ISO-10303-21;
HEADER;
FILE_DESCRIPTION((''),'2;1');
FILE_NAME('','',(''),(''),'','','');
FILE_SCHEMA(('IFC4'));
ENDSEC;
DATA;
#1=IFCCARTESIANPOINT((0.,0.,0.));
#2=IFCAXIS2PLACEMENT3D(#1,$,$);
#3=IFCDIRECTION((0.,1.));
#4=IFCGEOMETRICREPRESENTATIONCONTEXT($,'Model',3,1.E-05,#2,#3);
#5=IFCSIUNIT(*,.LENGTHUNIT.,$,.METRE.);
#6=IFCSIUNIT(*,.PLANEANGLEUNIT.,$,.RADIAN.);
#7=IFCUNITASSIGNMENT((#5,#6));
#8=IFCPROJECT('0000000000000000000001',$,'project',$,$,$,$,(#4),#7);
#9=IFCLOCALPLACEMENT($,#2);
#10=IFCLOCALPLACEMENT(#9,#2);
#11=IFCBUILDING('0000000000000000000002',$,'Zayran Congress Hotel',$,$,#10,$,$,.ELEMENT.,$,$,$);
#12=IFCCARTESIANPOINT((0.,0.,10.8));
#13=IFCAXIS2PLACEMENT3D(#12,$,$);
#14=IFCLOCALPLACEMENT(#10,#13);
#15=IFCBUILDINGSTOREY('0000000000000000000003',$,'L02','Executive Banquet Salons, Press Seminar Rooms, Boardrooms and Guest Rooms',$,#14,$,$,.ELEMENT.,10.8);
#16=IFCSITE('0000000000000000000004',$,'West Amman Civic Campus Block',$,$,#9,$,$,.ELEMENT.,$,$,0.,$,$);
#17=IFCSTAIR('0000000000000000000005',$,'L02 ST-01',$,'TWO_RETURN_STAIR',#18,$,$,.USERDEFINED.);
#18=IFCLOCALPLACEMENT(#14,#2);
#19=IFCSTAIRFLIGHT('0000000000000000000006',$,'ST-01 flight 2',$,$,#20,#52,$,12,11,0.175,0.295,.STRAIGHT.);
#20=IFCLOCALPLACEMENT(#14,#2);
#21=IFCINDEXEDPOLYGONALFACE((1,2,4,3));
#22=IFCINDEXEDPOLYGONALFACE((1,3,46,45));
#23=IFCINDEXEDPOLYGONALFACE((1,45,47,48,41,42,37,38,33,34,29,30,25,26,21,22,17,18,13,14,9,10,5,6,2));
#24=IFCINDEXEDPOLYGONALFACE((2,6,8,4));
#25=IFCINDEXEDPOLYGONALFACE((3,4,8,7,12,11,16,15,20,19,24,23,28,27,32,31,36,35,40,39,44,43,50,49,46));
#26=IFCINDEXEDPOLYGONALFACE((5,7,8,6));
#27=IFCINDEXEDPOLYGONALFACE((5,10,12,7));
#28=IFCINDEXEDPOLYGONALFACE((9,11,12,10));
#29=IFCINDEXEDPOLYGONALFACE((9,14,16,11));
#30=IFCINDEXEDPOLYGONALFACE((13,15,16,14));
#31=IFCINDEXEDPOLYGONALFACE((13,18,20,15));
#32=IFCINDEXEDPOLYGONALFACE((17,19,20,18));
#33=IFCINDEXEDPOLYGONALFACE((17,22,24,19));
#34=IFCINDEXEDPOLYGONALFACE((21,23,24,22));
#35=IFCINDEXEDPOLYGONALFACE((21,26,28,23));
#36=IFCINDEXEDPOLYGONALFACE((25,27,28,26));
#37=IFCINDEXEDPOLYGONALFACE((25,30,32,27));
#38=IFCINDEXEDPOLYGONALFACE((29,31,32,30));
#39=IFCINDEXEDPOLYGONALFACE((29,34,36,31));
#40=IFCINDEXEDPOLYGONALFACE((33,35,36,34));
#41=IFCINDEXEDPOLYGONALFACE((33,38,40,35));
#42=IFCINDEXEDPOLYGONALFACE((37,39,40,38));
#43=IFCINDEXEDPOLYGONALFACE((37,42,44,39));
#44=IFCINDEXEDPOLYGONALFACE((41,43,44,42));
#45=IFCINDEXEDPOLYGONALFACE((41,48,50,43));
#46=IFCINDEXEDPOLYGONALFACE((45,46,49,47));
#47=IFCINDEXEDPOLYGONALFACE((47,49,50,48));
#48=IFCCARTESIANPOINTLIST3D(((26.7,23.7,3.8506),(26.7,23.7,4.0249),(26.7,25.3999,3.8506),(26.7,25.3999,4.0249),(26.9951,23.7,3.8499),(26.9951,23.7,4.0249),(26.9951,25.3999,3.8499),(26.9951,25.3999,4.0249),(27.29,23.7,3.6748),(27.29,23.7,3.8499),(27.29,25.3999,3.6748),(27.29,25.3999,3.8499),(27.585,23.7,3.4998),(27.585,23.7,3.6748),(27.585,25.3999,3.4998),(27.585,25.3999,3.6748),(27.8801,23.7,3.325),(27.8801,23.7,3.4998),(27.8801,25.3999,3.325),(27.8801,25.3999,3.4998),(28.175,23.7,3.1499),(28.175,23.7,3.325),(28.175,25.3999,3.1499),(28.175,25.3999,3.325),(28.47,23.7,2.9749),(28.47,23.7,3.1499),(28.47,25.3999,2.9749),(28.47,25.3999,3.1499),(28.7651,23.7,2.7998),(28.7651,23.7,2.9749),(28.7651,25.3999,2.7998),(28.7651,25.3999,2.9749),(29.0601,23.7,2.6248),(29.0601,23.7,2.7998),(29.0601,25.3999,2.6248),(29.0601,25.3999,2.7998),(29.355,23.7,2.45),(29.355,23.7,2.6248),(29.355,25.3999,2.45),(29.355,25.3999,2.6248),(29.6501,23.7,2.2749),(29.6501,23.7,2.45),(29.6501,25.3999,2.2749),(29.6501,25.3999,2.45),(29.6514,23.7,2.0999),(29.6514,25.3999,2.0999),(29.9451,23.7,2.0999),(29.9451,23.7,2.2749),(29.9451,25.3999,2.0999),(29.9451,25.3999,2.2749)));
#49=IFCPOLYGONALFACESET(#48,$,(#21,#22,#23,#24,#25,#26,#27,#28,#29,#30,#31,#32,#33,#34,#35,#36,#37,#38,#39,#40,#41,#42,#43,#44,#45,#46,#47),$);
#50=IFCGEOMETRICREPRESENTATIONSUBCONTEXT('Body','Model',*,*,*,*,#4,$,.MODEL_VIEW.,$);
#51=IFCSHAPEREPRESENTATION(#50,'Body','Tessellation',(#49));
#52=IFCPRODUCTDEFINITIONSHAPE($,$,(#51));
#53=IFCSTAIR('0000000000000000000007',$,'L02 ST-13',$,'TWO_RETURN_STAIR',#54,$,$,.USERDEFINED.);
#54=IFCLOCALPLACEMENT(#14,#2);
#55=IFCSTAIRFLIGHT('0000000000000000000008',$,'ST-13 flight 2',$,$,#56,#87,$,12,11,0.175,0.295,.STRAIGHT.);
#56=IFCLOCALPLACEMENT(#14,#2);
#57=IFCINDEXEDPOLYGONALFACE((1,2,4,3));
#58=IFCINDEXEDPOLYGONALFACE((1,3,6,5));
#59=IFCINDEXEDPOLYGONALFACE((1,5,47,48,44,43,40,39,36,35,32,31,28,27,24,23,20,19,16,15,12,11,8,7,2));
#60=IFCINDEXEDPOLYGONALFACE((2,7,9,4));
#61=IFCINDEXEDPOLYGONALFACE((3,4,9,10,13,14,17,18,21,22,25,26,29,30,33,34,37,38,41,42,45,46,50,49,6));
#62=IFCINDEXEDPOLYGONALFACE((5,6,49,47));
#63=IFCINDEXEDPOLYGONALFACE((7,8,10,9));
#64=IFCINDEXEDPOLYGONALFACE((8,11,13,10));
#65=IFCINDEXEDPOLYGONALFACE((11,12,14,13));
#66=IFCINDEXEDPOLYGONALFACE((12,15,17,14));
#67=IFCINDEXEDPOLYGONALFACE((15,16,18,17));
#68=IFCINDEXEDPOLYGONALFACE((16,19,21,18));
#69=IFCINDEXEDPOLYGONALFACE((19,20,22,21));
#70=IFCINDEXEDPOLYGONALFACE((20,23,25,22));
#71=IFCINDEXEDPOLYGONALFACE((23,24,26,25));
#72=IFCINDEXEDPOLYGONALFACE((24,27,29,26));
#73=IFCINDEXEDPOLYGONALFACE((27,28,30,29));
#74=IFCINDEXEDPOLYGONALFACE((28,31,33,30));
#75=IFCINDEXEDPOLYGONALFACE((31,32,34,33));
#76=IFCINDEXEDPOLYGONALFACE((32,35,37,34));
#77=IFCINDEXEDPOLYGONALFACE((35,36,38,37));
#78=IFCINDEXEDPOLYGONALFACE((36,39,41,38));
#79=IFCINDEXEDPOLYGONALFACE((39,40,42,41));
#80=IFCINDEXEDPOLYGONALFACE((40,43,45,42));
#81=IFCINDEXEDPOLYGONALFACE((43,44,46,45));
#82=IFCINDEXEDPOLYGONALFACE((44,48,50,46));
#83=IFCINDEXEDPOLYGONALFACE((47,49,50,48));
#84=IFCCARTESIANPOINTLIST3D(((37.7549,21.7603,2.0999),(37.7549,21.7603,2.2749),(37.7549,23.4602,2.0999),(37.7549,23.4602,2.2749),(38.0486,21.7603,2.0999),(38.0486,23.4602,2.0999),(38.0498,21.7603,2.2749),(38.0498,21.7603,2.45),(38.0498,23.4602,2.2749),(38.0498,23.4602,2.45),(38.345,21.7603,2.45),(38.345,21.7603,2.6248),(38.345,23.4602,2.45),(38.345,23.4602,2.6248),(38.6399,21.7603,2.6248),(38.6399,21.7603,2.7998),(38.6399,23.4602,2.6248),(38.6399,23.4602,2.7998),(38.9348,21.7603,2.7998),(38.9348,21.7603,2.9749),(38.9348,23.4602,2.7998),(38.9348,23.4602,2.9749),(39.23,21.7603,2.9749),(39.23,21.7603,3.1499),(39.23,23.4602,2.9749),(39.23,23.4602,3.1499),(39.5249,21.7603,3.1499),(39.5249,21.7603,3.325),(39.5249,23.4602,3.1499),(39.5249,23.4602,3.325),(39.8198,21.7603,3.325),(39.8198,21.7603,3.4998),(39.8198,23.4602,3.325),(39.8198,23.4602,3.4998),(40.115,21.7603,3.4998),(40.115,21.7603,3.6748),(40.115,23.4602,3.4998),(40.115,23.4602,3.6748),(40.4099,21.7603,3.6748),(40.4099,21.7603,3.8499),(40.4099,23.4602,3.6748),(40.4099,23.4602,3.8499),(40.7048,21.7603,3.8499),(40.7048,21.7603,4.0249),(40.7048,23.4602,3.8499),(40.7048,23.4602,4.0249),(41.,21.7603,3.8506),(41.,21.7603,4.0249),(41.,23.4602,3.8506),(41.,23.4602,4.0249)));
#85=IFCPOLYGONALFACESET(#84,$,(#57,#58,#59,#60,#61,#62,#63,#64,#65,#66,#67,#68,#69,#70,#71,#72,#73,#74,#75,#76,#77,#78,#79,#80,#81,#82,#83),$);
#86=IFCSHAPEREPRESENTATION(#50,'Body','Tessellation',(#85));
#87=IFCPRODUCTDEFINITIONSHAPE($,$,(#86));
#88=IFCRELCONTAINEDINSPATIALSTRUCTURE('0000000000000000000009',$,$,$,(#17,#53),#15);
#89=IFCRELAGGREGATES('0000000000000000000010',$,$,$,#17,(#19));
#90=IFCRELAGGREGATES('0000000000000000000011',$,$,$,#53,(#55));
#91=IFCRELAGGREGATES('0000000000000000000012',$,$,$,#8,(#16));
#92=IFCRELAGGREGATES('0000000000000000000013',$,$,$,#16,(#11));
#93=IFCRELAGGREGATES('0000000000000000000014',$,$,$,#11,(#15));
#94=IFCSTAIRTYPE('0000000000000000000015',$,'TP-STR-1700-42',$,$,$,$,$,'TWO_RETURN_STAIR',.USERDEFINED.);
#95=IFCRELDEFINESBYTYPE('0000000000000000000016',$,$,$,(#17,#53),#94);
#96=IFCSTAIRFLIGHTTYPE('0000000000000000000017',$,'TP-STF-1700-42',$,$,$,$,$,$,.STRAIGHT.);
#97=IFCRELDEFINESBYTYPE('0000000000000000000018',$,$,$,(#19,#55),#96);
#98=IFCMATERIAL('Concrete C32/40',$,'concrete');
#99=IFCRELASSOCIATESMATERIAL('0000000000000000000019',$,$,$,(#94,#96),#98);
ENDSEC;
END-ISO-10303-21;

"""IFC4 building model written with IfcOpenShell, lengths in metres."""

from ifc_helpers import new_model, si_unit, direction, frame, origin, place, context, subcontext, project, spatial, polyline, outline, extrude, material, type_object, element, aggregate, save


model = new_model("IFC4")

# Units and contexts
model_context = context("Model", 3, precision=1e-05, world=origin(), true_north=direction((0.0, 1.0)))
body_context = subcontext(model_context, "Body", "Model", "MODEL_VIEW")
ifc_project = project(units=[si_unit("LENGTHUNIT", "METRE"), si_unit("PLANEANGLEUNIT", "RADIAN")], contexts=[model_context])

# Site, building, storey
site_placement = place(None, origin())
site = spatial("IfcSite", under=ifc_project, at=site_placement, Name="West Amman Civic Campus Block", CompositionType="ELEMENT", RefElevation=0.0)
building_placement = place(site_placement, origin())
building = spatial("IfcBuilding", under=site, at=building_placement, Name="Zayran Congress Hotel", CompositionType="ELEMENT")
storey_placement = place(building_placement, frame((0.0, 0.0, 10.8)))
storey = spatial("IfcBuildingStorey", under=building, at=storey_placement, Name="L02", Description="Executive Banquet Salons, Press Seminar Rooms, Boardrooms and Guest Rooms", CompositionType="ELEMENT", Elevation=10.8)

# Stair, stair flight
ifc_material_1 = material(Name="Concrete C32/40", Category="concrete")
stair_type = type_object("IfcStairType", Name="TP-STR-1700-42", ElementType="TWO_RETURN_STAIR", PredefinedType="USERDEFINED", material=ifc_material_1)
stair_1_placement = place(storey_placement, origin())
stair_1 = element("IfcStair", 1, at=stair_1_placement, inside=storey, type_object=stair_type, Name="L02 ST-01", ObjectType="TWO_RETURN_STAIR", PredefinedType="USERDEFINED")
stair_flight_type = type_object("IfcStairFlightType", Name="TP-STF-1700-42", PredefinedType="STRAIGHT", material=ifc_material_1)
stair_flight_1_placement = place(storey_placement, frame((29.9451, 24.55, 2.0999), z_axis=(0.0, 0.0, 1.0), x_axis=(-1.0, 0.0, 0.0)))
stair_flight_1 = element("IfcStairFlight", 2, at=stair_flight_1_placement, type_object=stair_flight_type, Name="ST-01 flight 2", NumberOfRisers=12, NumberOfTreads=11, PredefinedType="STRAIGHT", RiserHeight=0.175, TreadLength=0.295, context=body_context, shape_type="SweptSolid", body=[
    extrude(outline(polyline([(0.0, 0.0), (0.0, 0.175), (0.2949, 0.175), (0.2949, 0.3501), (0.5901, 0.3501), (0.5901, 0.5249), (0.885, 0.5249), (0.885, 0.7), (1.1799, 0.7), (1.1799, 0.875), (1.4751, 0.875), (1.4751, 1.05), (1.77, 1.05), (1.77, 1.2251), (2.0649, 1.2251), (2.0649, 1.3999), (2.3601, 1.3999), (2.3601, 1.575), (2.655, 1.575), (2.655, 1.75), (2.95, 1.75), (2.95, 1.925), (3.2451, 1.925), (3.2451, 2.1001), (3.2451, 1.7507), (0.2937, 0.0), (0.0, 0.0)])), frame((0.0, 0.8501, 0.0), z_axis=(0.0, -1.0, 0.0), x_axis=(1.0, 0.0, 0.0)), (0.0, 0.0, 1.0), 1.7),
])
aggregate(stair_1, [stair_flight_1])

# Stair, stair flight
stair_2_placement = place(storey_placement, origin())
stair_2 = element("IfcStair", 3, at=stair_2_placement, inside=storey, type_object=stair_type, Name="L02 ST-13", ObjectType="TWO_RETURN_STAIR", PredefinedType="USERDEFINED")
stair_flight_2_placement = place(storey_placement, frame((37.7549, 22.6101, 2.0999), z_axis=(0.0, 0.0, 1.0), x_axis=(1.0, 0.0, 0.0)))
stair_flight_2 = element("IfcStairFlight", 4, at=stair_flight_2_placement, type_object=stair_flight_type, Name="ST-13 flight 2", NumberOfRisers=12, NumberOfTreads=11, PredefinedType="STRAIGHT", RiserHeight=0.175, TreadLength=0.295, context=body_context, shape_type="SweptSolid", body=[
    extrude(outline(polyline([(0.0, 0.0), (0.0, 0.175), (0.2949, 0.175), (0.2949, 0.3501), (0.5901, 0.3501), (0.5901, 0.5249), (0.885, 0.5249), (0.885, 0.7), (1.1799, 0.7), (1.1799, 0.875), (1.4751, 0.875), (1.4751, 1.05), (1.77, 1.05), (1.77, 1.2251), (2.0649, 1.2251), (2.0649, 1.3999), (2.3601, 1.3999), (2.3601, 1.575), (2.655, 1.575), (2.655, 1.75), (2.95, 1.75), (2.95, 1.925), (3.2451, 1.925), (3.2451, 2.1001), (3.2451, 1.7507), (0.2937, 0.0), (0.0, 0.0)])), frame((0.0, 0.8501, 0.0), z_axis=(0.0, -1.0, 0.0), x_axis=(1.0, 0.0, 0.0)), (0.0, 0.0, 1.0), 1.7),
])
aggregate(stair_2, [stair_flight_2])

save(model, "model.ifc")
